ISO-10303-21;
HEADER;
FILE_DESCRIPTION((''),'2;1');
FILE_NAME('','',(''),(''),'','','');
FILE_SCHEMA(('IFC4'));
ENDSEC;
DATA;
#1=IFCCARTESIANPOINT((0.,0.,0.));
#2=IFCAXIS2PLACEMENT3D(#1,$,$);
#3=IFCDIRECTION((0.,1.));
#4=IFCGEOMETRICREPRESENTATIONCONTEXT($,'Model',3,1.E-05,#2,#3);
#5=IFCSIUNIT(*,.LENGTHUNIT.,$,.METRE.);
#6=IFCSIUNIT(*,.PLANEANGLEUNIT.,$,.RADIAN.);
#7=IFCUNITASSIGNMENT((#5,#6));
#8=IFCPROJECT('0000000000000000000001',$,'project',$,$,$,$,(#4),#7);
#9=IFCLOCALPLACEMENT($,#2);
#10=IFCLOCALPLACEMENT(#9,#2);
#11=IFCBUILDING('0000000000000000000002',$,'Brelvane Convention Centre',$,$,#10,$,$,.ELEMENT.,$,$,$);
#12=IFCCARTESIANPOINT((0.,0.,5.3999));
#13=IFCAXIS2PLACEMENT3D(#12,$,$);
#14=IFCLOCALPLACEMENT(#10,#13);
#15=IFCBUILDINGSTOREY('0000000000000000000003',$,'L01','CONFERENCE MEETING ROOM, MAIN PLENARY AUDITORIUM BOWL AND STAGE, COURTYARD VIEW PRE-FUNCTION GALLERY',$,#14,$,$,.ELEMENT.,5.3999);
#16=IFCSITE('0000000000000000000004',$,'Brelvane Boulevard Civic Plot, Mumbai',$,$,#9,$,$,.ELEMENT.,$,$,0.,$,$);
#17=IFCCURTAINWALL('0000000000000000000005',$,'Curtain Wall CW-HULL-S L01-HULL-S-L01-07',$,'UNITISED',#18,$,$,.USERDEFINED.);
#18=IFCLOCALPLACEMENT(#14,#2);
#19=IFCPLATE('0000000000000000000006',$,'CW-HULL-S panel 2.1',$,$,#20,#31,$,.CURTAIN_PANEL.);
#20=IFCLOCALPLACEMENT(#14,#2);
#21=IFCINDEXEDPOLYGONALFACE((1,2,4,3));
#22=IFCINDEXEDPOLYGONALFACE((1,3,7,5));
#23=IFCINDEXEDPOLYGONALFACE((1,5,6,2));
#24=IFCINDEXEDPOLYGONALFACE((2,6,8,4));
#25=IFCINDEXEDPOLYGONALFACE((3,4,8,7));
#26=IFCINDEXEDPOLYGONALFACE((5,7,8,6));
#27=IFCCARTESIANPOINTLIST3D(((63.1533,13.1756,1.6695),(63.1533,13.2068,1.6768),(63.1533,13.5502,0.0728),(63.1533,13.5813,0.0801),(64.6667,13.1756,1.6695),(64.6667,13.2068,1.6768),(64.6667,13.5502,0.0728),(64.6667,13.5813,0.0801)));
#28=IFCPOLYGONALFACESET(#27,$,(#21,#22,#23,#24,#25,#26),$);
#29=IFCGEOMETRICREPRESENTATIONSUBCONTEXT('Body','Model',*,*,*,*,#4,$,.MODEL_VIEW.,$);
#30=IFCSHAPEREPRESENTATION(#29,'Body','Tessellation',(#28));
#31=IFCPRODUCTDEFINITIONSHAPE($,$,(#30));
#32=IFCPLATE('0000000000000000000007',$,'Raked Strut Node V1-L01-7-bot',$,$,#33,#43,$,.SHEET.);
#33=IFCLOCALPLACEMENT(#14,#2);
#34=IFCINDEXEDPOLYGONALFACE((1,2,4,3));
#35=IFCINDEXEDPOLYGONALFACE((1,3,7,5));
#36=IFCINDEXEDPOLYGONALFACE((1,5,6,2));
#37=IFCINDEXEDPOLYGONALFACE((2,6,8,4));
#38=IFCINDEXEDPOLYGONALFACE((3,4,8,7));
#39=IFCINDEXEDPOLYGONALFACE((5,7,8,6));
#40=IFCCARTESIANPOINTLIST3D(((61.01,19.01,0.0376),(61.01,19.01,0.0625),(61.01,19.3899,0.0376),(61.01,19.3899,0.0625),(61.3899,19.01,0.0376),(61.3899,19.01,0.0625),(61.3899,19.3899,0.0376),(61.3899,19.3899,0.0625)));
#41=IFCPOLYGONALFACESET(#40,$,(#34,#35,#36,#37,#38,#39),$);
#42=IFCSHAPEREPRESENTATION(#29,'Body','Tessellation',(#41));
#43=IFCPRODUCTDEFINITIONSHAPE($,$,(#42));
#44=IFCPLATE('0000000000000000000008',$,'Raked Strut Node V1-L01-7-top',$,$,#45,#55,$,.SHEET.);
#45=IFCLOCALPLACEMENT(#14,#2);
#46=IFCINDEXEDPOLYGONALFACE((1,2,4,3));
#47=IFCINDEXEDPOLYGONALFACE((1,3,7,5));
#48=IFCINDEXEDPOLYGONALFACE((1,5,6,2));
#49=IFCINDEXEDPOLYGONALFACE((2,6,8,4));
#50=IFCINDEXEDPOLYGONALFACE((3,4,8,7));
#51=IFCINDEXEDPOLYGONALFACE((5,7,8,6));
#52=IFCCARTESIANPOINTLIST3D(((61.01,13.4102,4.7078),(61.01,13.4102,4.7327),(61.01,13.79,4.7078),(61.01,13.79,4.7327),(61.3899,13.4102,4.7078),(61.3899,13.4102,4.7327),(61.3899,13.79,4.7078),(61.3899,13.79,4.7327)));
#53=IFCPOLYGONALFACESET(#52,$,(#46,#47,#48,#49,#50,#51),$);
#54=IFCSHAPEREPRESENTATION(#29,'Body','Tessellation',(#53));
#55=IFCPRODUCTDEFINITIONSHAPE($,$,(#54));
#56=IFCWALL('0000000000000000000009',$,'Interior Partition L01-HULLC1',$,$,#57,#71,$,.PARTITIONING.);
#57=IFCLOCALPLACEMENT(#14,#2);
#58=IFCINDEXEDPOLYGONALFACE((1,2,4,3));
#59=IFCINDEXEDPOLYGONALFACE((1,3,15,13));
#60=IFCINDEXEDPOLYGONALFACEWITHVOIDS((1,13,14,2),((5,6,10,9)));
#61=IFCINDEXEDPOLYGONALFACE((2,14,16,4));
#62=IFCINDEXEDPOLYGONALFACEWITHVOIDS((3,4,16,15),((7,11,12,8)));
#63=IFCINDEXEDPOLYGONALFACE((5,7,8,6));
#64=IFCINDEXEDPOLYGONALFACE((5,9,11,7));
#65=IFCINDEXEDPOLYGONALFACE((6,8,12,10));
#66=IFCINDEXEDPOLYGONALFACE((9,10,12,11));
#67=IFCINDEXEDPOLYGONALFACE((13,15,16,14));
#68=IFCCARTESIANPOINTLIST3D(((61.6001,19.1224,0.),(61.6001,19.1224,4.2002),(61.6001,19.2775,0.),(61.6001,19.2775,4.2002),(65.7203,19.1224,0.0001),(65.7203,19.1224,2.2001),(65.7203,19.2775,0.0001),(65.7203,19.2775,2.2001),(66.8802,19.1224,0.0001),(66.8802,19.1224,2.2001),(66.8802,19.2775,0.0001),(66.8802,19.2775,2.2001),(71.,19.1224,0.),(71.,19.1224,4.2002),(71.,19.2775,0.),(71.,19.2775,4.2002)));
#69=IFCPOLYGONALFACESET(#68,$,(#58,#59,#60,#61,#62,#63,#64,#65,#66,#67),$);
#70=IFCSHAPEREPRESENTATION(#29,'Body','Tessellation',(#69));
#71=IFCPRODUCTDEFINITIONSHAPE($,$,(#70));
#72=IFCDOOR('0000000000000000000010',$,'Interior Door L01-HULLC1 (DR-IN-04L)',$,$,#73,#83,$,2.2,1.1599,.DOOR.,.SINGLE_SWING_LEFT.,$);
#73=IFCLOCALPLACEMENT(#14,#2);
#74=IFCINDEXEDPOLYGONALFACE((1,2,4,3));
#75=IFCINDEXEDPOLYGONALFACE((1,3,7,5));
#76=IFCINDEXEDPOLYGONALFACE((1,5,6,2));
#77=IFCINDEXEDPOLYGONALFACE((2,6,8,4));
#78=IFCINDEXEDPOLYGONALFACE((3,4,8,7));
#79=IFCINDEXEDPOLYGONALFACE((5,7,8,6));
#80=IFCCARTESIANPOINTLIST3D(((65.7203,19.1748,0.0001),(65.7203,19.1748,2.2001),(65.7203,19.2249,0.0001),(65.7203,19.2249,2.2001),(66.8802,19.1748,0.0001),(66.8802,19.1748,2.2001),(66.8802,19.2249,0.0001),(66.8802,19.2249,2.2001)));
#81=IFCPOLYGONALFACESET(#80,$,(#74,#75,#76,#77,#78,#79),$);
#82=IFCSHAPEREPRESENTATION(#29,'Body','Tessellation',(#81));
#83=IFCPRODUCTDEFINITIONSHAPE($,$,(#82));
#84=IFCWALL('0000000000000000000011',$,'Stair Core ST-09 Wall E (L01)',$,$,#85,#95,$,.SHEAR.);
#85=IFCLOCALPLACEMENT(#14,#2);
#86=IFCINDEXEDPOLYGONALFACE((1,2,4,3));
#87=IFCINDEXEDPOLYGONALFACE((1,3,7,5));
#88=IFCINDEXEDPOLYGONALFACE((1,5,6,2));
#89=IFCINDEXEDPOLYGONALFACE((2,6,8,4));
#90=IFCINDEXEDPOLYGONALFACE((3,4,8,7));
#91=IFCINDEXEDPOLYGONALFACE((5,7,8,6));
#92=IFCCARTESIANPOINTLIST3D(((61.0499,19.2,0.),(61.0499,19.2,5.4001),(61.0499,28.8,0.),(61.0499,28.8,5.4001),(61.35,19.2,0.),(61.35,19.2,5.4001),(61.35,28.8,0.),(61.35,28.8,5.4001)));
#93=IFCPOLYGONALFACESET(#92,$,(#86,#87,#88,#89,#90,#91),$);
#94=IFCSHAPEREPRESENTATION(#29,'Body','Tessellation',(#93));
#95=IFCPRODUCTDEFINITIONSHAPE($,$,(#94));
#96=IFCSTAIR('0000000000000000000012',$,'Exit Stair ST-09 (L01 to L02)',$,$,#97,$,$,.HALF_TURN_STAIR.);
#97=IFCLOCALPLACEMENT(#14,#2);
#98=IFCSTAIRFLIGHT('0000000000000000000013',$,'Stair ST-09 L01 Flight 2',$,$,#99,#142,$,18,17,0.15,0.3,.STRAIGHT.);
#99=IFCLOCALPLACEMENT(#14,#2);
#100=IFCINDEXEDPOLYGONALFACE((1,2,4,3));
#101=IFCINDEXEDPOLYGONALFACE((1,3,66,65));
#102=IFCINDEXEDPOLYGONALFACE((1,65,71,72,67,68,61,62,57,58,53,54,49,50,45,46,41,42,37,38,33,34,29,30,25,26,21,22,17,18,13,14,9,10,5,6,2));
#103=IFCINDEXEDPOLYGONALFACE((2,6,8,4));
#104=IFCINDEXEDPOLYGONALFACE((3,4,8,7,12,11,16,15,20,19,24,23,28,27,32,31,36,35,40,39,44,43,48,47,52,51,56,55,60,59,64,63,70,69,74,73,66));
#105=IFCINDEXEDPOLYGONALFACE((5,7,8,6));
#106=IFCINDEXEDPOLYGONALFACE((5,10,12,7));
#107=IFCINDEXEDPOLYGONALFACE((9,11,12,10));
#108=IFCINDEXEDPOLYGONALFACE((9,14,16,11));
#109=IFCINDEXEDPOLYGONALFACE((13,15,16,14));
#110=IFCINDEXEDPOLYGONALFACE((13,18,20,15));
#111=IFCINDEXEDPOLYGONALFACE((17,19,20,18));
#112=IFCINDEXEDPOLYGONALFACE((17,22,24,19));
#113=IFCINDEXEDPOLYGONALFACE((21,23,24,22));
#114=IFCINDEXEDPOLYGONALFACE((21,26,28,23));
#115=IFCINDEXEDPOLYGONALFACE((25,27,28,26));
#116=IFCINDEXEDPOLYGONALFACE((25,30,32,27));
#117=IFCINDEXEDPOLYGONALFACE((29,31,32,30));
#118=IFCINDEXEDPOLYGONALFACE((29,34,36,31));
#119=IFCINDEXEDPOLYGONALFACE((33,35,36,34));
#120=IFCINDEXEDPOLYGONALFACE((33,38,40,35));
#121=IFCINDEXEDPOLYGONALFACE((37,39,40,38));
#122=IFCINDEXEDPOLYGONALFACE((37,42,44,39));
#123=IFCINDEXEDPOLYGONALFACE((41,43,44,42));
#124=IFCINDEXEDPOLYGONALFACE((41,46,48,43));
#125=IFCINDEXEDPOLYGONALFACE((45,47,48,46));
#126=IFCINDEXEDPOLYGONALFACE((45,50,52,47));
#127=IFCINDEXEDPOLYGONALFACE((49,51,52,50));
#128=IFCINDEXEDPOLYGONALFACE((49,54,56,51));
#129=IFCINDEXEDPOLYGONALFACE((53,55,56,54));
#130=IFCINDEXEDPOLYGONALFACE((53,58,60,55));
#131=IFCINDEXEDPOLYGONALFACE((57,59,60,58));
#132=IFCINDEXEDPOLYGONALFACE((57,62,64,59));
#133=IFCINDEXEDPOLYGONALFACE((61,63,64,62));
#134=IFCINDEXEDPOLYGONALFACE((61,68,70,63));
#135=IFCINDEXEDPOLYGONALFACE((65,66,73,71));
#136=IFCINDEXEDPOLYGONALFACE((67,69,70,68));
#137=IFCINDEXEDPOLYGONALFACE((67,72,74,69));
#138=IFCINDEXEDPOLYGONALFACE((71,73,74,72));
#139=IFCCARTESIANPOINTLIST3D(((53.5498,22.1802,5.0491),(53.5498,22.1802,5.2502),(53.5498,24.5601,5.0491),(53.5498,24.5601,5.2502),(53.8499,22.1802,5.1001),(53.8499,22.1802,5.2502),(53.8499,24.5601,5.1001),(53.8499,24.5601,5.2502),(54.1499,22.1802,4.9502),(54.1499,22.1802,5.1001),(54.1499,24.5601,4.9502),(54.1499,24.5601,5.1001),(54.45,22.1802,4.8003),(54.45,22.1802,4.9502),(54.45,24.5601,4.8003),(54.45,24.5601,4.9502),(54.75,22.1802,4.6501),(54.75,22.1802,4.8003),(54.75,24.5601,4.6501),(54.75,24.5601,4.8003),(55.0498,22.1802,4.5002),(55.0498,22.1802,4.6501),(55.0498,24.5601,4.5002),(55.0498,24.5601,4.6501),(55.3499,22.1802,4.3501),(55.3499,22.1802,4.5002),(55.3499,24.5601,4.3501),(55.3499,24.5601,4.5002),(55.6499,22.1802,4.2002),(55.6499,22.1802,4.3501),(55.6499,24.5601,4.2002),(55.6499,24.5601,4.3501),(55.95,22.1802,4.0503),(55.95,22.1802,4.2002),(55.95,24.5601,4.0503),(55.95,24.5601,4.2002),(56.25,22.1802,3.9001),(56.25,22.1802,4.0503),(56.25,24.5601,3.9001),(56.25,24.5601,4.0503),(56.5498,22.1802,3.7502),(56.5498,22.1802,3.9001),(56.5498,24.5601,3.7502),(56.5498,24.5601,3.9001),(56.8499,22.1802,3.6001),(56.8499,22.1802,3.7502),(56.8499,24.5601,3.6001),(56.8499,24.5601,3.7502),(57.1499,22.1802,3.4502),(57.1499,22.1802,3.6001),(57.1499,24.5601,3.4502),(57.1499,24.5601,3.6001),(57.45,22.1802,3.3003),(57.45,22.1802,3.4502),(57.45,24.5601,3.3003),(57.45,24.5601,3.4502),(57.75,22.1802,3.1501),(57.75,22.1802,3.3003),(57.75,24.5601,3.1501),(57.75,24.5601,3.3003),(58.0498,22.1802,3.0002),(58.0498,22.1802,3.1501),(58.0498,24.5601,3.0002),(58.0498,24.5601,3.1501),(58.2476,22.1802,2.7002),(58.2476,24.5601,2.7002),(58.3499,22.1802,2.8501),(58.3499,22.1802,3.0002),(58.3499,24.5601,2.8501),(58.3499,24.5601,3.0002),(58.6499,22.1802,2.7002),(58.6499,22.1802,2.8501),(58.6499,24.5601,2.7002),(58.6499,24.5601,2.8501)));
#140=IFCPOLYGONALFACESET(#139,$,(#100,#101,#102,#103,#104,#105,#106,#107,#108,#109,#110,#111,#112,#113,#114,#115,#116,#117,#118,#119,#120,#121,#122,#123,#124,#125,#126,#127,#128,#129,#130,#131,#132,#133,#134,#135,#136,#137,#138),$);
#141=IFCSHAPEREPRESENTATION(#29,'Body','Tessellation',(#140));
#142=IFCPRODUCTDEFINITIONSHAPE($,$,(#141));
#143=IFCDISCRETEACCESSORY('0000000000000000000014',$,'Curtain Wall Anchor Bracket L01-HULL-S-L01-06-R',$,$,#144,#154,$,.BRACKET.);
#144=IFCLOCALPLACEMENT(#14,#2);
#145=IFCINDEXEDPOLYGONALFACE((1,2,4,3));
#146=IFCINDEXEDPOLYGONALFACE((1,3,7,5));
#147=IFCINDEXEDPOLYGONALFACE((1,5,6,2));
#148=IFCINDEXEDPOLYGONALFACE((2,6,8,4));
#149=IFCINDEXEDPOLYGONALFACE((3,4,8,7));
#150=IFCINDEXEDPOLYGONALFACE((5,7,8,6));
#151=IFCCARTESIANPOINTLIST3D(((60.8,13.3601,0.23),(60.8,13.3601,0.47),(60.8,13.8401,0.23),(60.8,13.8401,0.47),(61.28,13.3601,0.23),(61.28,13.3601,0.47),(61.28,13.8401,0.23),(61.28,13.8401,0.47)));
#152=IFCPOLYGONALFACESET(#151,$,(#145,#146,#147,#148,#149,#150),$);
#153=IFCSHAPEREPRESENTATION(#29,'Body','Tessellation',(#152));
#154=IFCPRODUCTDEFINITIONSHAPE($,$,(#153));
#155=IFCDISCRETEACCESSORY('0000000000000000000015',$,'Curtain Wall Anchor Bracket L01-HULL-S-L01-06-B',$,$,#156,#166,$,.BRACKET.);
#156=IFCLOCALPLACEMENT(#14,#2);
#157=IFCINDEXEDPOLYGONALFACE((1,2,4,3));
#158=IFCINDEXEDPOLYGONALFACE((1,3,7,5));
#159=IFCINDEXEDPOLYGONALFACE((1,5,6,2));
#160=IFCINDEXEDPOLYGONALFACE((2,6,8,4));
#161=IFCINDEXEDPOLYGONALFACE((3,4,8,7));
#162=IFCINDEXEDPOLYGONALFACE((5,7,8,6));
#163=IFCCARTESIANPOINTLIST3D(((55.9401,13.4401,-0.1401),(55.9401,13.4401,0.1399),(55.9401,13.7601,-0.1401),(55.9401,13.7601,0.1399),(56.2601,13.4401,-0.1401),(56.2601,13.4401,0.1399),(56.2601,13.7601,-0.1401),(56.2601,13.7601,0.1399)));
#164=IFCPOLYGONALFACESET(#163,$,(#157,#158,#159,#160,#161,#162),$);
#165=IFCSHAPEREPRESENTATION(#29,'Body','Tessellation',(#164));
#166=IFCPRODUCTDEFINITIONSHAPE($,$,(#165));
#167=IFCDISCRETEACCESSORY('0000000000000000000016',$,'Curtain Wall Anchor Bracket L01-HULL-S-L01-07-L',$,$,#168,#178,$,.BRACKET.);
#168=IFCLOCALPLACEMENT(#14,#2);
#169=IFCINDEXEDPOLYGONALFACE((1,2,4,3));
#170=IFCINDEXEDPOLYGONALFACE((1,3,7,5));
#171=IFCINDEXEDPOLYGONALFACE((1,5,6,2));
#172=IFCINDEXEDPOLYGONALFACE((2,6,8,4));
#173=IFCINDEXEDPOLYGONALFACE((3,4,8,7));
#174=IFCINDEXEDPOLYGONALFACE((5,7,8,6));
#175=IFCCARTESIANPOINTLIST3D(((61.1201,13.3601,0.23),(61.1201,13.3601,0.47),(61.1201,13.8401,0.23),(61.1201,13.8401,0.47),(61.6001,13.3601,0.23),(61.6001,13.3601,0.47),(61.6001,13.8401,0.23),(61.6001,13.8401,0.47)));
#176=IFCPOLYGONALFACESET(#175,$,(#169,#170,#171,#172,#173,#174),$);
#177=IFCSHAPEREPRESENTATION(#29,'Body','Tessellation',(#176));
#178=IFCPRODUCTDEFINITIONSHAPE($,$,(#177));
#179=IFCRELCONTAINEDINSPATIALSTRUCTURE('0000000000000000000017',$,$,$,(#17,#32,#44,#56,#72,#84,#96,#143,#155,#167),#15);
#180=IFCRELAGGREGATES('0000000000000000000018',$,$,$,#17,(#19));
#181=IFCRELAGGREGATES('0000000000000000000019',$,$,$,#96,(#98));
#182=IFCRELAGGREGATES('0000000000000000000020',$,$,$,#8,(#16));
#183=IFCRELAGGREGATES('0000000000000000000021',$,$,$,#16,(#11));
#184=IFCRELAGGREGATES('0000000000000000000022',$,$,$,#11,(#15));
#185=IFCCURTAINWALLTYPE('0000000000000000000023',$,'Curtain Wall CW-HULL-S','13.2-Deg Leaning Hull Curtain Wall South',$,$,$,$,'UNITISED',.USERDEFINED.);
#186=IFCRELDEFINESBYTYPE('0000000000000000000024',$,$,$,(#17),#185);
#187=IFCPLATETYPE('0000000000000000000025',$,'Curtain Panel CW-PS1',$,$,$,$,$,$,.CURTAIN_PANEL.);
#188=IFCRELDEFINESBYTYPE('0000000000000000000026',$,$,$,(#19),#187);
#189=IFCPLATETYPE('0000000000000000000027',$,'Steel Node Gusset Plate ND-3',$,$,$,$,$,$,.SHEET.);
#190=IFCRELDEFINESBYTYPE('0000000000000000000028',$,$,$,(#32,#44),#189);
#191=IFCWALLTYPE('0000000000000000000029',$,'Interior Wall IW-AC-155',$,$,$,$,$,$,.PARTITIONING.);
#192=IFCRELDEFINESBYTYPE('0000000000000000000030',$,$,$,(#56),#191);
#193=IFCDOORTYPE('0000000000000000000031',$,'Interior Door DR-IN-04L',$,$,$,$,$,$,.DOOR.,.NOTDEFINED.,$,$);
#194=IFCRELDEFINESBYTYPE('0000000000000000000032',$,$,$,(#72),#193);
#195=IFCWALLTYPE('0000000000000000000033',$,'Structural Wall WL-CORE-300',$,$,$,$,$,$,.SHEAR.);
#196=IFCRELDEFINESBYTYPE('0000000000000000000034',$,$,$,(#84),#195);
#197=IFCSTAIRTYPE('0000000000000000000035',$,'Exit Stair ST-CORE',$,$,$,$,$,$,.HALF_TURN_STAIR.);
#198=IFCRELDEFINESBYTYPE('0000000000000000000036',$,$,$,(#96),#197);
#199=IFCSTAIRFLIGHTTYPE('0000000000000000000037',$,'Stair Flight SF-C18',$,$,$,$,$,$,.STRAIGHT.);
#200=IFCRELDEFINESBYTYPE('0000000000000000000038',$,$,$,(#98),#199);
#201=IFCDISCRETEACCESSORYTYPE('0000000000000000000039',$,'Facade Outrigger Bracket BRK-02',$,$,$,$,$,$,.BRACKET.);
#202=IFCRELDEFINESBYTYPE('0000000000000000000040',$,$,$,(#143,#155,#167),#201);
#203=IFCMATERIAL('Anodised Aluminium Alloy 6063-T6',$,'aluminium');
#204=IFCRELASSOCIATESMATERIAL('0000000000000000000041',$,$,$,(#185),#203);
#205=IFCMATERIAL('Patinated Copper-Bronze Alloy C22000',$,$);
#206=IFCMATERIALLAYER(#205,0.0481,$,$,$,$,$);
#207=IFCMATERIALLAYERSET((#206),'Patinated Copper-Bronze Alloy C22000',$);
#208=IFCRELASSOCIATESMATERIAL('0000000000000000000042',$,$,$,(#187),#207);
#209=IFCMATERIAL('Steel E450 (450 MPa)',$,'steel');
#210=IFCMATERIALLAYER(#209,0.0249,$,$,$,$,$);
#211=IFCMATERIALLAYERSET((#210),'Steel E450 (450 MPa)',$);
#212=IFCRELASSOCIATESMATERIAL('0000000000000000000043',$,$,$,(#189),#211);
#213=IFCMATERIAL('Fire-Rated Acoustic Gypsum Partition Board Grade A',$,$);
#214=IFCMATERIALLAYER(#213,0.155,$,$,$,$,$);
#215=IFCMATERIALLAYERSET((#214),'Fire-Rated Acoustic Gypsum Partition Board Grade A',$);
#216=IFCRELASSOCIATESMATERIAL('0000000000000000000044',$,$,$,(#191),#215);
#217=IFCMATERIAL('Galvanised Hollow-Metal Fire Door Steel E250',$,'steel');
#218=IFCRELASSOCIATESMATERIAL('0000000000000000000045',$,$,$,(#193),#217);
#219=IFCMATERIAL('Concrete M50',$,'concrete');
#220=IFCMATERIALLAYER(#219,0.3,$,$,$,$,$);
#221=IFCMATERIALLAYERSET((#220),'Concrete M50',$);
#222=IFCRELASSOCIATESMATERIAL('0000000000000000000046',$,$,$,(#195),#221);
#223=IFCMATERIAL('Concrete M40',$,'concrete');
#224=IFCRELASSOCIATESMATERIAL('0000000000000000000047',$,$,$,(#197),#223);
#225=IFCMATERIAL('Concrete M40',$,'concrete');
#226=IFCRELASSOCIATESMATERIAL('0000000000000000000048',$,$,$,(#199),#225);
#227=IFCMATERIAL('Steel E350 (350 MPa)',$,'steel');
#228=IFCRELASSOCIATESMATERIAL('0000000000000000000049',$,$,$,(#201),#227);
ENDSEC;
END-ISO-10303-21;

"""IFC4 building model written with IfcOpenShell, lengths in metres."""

from ifc_helpers import new_model, si_unit, direction, frame, frame_2d, origin, origin_2d, place, context, subcontext, project, spatial, polyline, rectangle, outline, extrude, material, layer, layer_set, type_object, element, fill, aggregate, save


model = new_model("IFC4")

# Units and contexts
model_context = context("Model", 3, precision=1e-05, world=origin(), true_north=direction((0.0, 1.0)))
body_context = subcontext(model_context, "Body", "Model", "MODEL_VIEW")
ifc_project = project(units=[si_unit("LENGTHUNIT", "METRE"), si_unit("PLANEANGLEUNIT", "RADIAN")], contexts=[model_context])

# Site, building, storey
site_placement = place(None, origin())
site = spatial("IfcSite", under=ifc_project, at=site_placement, Name="Brelvane Boulevard Civic Plot, Mumbai", CompositionType="ELEMENT", RefElevation=0.0)
building_placement = place(site_placement, origin())
building = spatial("IfcBuilding", under=site, at=building_placement, Name="Brelvane Convention Centre", CompositionType="ELEMENT")
storey_placement = place(building_placement, frame((0.0, 0.0, 5.3999)))
storey = spatial("IfcBuildingStorey", under=building, at=storey_placement, Name="L01", Description="CONFERENCE MEETING ROOM, MAIN PLENARY AUDITORIUM BOWL AND STAGE, COURTYARD VIEW PRE-FUNCTION GALLERY", CompositionType="ELEMENT", Elevation=5.3999)

# Curtain wall
ifc_material_1 = material(Name="Anodised Aluminium Alloy 6063-T6", Category="aluminium")
curtain_wall_type = type_object("IfcCurtainWallType", Name="Curtain Wall CW-HULL-S", Description="13.2-Deg Leaning Hull Curtain Wall South", ElementType="UNITISED", PredefinedType="USERDEFINED", material=ifc_material_1)
curtain_wall_1_placement = place(storey_placement, origin())
curtain_wall_1 = element("IfcCurtainWall", 1, at=curtain_wall_1_placement, inside=storey, type_object=curtain_wall_type, Name="Curtain Wall CW-HULL-S L01-HULL-S-L01-07", ObjectType="UNITISED", PredefinedType="USERDEFINED")

# Plate
ifc_material_2 = material(Name="Patinated Copper-Bronze Alloy C22000")
ifc_layer_1 = layer(ifc_material_2, 0.0481)
ifc_layer_set_1 = layer_set([ifc_layer_1], Name="Patinated Copper-Bronze Alloy C22000")
plate_type_1 = type_object("IfcPlateType", Name="Curtain Panel CW-PS1", PredefinedType="CURTAIN_PANEL", material=ifc_layer_set_1)
plate_1_placement = place(storey_placement, frame((63.1533, 13.5813, 0.0801), z_axis=(0.0, 0.973577, 0.228359), x_axis=(1.0, 0.0, 0.0)))
plate_1 = element("IfcPlate", 2, at=plate_1_placement, type_object=plate_type_1, Name="CW-HULL-S panel 2.1", PredefinedType="CURTAIN_PANEL", context=body_context, shape_type="SweptSolid", body=[
    extrude(outline(polyline([(0.0, 0.0), (1.5134, 0.0), (1.5134, -1.64), (0.0, -1.64), (0.0, 0.0)])), origin(), (0.0, 0.0, -1.0), 0.032),
])
aggregate(curtain_wall_1, [plate_1])

# Plates
ifc_material_3 = material(Name="Steel E450 (450 MPa)", Category="steel")
ifc_layer_2 = layer(ifc_material_3, 0.0249)
ifc_layer_set_2 = layer_set([ifc_layer_2], Name="Steel E450 (450 MPa)")
plate_type_2 = type_object("IfcPlateType", Name="Steel Node Gusset Plate ND-3", PredefinedType="SHEET", material=ifc_layer_set_2)
for number, where, z_axis, x_axis, name in (
    (3, (61.2, 19.2, 0.0376), (0.0, 0.0, 1.0), (1.0, 0.0, 0.0), "Raked Strut Node V1-L01-7-bot"),
    (4, (61.2, 13.6001, 4.7078), (0.0, 0.0, 1.0), (1.0, 0.0, 0.0), "Raked Strut Node V1-L01-7-top"),
):
    element("IfcPlate", number, at=place(storey_placement, frame(where, z_axis=z_axis, x_axis=x_axis)), inside=storey, type_object=plate_type_2, Name=name, PredefinedType="SHEET", context=body_context, shape_type="SweptSolid", body=[
        extrude(rectangle(XDim=0.3799, YDim=0.3799, at=origin_2d()), origin(), (0.0, 0.0, 1.0), 0.0249),
    ])

# Wall, opening, door
ifc_material_4 = material(Name="Fire-Rated Acoustic Gypsum Partition Board Grade A")
ifc_layer_3 = layer(ifc_material_4, 0.155)
ifc_layer_set_3 = layer_set([ifc_layer_3], Name="Fire-Rated Acoustic Gypsum Partition Board Grade A")
wall_type_1 = type_object("IfcWallType", Name="Interior Wall IW-AC-155", PredefinedType="PARTITIONING", material=ifc_layer_set_3)
wall_1_placement = place(storey_placement, frame((61.6001, 19.2, 0.0), z_axis=(0.0, 0.0, 1.0), x_axis=(1.0, 0.0, 0.0)))
wall_1 = element("IfcWall", 5, at=wall_1_placement, inside=storey, type_object=wall_type_1, Name="Interior Partition L01-HULLC1", PredefinedType="PARTITIONING", context=body_context, shape_type="SweptSolid", body=[
    extrude(rectangle(XDim=9.3999, YDim=0.155, at=frame_2d((4.7, 0.0))), origin(), (0.0, 0.0, 1.0), 4.2002),
])
opening_placement = place(wall_1_placement, frame((4.1201, 0.0, 0.0)))
opening = element("IfcOpeningElement", 6, at=opening_placement, cuts=wall_1, PredefinedType="OPENING", context=body_context, shape_type="SweptSolid", body=[
    extrude(rectangle(XDim=1.1599, YDim=2.2, at=frame_2d((0.5801, 1.1001))), frame((0.0, 0.0874, 0.0), z_axis=(0.0, -1.0, 0.0), x_axis=(1.0, 0.0, 0.0)), (0.0, 0.0, 1.0), 0.175),
])
ifc_material_5 = material(Name="Galvanised Hollow-Metal Fire Door Steel E250", Category="steel")
door_type = type_object("IfcDoorType", Name="Interior Door DR-IN-04L", OperationType="NOTDEFINED", PredefinedType="DOOR", material=ifc_material_5)
door_placement = place(opening_placement, origin())
door = element("IfcDoor", 7, at=door_placement, inside=storey, type_object=door_type, Name="Interior Door L01-HULLC1 (DR-IN-04L)", OperationType="SINGLE_SWING_LEFT", OverallHeight=2.2, OverallWidth=1.1599, PredefinedType="DOOR", context=body_context, shape_type="SweptSolid", body=[
    extrude(rectangle(XDim=1.1599, YDim=2.2, at=frame_2d((0.5801, 1.1001))), frame((0.0, 0.0249, 0.0), z_axis=(0.0, -1.0, 0.0), x_axis=(1.0, 0.0, 0.0)), (0.0, 0.0, 1.0), 0.05),
])
fill(opening, door)

# Wall
ifc_material_6 = material(Name="Concrete M50", Category="concrete")
ifc_layer_4 = layer(ifc_material_6, 0.3)
ifc_layer_set_4 = layer_set([ifc_layer_4], Name="Concrete M50")
wall_type_2 = type_object("IfcWallType", Name="Structural Wall WL-CORE-300", PredefinedType="SHEAR", material=ifc_layer_set_4)
wall_2_placement = place(storey_placement, frame((61.2, 19.2, 0.0), z_axis=(0.0, 0.0, 1.0), x_axis=(0.0, 1.0, 0.0)))
element("IfcWall", 8, at=wall_2_placement, inside=storey, type_object=wall_type_2, Name="Stair Core ST-09 Wall E (L01)", PredefinedType="SHEAR", context=body_context, shape_type="SweptSolid", body=[
    extrude(rectangle(XDim=9.6001, YDim=0.3, at=frame_2d((4.8, 0.0))), origin(), (0.0, 0.0, 1.0), 5.4001),
])

# Stair, stair flight
ifc_material_7 = material(Name="Concrete M40", Category="concrete")
stair_type = type_object("IfcStairType", Name="Exit Stair ST-CORE", PredefinedType="HALF_TURN_STAIR", material=ifc_material_7)
stair_placement = place(storey_placement, origin())
stair = element("IfcStair", 9, at=stair_placement, inside=storey, type_object=stair_type, Name="Exit Stair ST-09 (L01 to L02)", PredefinedType="HALF_TURN_STAIR")
ifc_material_8 = material(Name="Concrete M40", Category="concrete")
stair_flight_type = type_object("IfcStairFlightType", Name="Stair Flight SF-C18", PredefinedType="STRAIGHT", material=ifc_material_8)
stair_flight_placement = place(storey_placement, frame((58.6499, 23.3701, 2.7002), z_axis=(0.0, 0.0, 1.0), x_axis=(-1.0, 0.0, 0.0)))
stair_flight = element("IfcStairFlight", 10, at=stair_flight_placement, type_object=stair_flight_type, Name="Stair ST-09 L01 Flight 2", NumberOfRisers=18, NumberOfTreads=17, PredefinedType="STRAIGHT", RiserHeight=0.15, TreadLength=0.3, context=body_context, shape_type="SweptSolid", body=[
    extrude(outline(polyline([(0.0, 0.0), (0.0, 0.1499), (0.3, 0.1499), (0.3, 0.3), (0.6001, 0.3), (0.6001, 0.45), (0.8999, 0.45), (0.8999, 0.6001), (1.2, 0.6001), (1.2, 0.75), (1.5, 0.75), (1.5, 0.8999), (1.8, 0.8999), (1.8, 1.05), (2.1001, 1.05), (2.1001, 1.2), (2.3999, 1.2), (2.3999, 1.3501), (2.7, 1.3501), (2.7, 1.5), (3.0, 1.5), (3.0, 1.6499), (3.3, 1.6499), (3.3, 1.8), (3.6001, 1.8), (3.6001, 1.95), (3.8999, 1.95), (3.8999, 2.1001), (4.2, 2.1001), (4.2, 2.25), (4.5, 2.25), (4.5, 2.3999), (4.8, 2.3999), (4.8, 2.55), (5.1001, 2.55), (5.1001, 2.7), (5.1001, 2.3489), (0.4023, 0.0), (0.0, 0.0)])), frame((0.0, 1.1899, 0.0), z_axis=(0.0, -1.0, 0.0), x_axis=(1.0, 0.0, 0.0)), (0.0, 0.0, 1.0), 2.3799),
])
aggregate(stair, [stair_flight])

# Discrete accessories
ifc_material_9 = material(Name="Steel E350 (350 MPa)", Category="steel")
discrete_accessory_type = type_object("IfcDiscreteAccessoryType", Name="Facade Outrigger Bracket BRK-02", PredefinedType="BRACKET", material=ifc_material_9)
discrete_accessory_1_placement = place(storey_placement, frame((61.04, 13.6001, 0.23), z_axis=(0.0, 0.0, 1.0), x_axis=(1.0, 0.0, 0.0)))
element("IfcDiscreteAccessory", 11, at=discrete_accessory_1_placement, inside=storey, type_object=discrete_accessory_type, Name="Curtain Wall Anchor Bracket L01-HULL-S-L01-06-R", PredefinedType="BRACKET", context=body_context, shape_type="SweptSolid", body=[
    extrude(rectangle(XDim=0.48, YDim=0.48, at=origin_2d()), origin(), (0.0, 0.0, 1.0), 0.24),
])
discrete_accessory_2_placement = place(storey_placement, frame((56.1001, 13.6001, -0.1401), z_axis=(0.0, 0.0, 1.0), x_axis=(1.0, 0.0, 0.0)))
element("IfcDiscreteAccessory", 12, at=discrete_accessory_2_placement, inside=storey, type_object=discrete_accessory_type, Name="Curtain Wall Anchor Bracket L01-HULL-S-L01-06-B", PredefinedType="BRACKET", context=body_context, shape_type="SweptSolid", body=[
    extrude(rectangle(XDim=0.3201, YDim=0.3201, at=origin_2d()), origin(), (0.0, 0.0, 1.0), 0.28),
])
discrete_accessory_3_placement = place(storey_placement, frame((61.3601, 13.6001, 0.23), z_axis=(0.0, 0.0, 1.0), x_axis=(1.0, 0.0, 0.0)))
element("IfcDiscreteAccessory", 13, at=discrete_accessory_3_placement, inside=storey, type_object=discrete_accessory_type, Name="Curtain Wall Anchor Bracket L01-HULL-S-L01-07-L", PredefinedType="BRACKET", context=body_context, shape_type="SweptSolid", body=[
    extrude(rectangle(XDim=0.48, YDim=0.48, at=origin_2d()), origin(), (0.0, 0.0, 1.0), 0.24),
])

save(model, "model.ifc")
